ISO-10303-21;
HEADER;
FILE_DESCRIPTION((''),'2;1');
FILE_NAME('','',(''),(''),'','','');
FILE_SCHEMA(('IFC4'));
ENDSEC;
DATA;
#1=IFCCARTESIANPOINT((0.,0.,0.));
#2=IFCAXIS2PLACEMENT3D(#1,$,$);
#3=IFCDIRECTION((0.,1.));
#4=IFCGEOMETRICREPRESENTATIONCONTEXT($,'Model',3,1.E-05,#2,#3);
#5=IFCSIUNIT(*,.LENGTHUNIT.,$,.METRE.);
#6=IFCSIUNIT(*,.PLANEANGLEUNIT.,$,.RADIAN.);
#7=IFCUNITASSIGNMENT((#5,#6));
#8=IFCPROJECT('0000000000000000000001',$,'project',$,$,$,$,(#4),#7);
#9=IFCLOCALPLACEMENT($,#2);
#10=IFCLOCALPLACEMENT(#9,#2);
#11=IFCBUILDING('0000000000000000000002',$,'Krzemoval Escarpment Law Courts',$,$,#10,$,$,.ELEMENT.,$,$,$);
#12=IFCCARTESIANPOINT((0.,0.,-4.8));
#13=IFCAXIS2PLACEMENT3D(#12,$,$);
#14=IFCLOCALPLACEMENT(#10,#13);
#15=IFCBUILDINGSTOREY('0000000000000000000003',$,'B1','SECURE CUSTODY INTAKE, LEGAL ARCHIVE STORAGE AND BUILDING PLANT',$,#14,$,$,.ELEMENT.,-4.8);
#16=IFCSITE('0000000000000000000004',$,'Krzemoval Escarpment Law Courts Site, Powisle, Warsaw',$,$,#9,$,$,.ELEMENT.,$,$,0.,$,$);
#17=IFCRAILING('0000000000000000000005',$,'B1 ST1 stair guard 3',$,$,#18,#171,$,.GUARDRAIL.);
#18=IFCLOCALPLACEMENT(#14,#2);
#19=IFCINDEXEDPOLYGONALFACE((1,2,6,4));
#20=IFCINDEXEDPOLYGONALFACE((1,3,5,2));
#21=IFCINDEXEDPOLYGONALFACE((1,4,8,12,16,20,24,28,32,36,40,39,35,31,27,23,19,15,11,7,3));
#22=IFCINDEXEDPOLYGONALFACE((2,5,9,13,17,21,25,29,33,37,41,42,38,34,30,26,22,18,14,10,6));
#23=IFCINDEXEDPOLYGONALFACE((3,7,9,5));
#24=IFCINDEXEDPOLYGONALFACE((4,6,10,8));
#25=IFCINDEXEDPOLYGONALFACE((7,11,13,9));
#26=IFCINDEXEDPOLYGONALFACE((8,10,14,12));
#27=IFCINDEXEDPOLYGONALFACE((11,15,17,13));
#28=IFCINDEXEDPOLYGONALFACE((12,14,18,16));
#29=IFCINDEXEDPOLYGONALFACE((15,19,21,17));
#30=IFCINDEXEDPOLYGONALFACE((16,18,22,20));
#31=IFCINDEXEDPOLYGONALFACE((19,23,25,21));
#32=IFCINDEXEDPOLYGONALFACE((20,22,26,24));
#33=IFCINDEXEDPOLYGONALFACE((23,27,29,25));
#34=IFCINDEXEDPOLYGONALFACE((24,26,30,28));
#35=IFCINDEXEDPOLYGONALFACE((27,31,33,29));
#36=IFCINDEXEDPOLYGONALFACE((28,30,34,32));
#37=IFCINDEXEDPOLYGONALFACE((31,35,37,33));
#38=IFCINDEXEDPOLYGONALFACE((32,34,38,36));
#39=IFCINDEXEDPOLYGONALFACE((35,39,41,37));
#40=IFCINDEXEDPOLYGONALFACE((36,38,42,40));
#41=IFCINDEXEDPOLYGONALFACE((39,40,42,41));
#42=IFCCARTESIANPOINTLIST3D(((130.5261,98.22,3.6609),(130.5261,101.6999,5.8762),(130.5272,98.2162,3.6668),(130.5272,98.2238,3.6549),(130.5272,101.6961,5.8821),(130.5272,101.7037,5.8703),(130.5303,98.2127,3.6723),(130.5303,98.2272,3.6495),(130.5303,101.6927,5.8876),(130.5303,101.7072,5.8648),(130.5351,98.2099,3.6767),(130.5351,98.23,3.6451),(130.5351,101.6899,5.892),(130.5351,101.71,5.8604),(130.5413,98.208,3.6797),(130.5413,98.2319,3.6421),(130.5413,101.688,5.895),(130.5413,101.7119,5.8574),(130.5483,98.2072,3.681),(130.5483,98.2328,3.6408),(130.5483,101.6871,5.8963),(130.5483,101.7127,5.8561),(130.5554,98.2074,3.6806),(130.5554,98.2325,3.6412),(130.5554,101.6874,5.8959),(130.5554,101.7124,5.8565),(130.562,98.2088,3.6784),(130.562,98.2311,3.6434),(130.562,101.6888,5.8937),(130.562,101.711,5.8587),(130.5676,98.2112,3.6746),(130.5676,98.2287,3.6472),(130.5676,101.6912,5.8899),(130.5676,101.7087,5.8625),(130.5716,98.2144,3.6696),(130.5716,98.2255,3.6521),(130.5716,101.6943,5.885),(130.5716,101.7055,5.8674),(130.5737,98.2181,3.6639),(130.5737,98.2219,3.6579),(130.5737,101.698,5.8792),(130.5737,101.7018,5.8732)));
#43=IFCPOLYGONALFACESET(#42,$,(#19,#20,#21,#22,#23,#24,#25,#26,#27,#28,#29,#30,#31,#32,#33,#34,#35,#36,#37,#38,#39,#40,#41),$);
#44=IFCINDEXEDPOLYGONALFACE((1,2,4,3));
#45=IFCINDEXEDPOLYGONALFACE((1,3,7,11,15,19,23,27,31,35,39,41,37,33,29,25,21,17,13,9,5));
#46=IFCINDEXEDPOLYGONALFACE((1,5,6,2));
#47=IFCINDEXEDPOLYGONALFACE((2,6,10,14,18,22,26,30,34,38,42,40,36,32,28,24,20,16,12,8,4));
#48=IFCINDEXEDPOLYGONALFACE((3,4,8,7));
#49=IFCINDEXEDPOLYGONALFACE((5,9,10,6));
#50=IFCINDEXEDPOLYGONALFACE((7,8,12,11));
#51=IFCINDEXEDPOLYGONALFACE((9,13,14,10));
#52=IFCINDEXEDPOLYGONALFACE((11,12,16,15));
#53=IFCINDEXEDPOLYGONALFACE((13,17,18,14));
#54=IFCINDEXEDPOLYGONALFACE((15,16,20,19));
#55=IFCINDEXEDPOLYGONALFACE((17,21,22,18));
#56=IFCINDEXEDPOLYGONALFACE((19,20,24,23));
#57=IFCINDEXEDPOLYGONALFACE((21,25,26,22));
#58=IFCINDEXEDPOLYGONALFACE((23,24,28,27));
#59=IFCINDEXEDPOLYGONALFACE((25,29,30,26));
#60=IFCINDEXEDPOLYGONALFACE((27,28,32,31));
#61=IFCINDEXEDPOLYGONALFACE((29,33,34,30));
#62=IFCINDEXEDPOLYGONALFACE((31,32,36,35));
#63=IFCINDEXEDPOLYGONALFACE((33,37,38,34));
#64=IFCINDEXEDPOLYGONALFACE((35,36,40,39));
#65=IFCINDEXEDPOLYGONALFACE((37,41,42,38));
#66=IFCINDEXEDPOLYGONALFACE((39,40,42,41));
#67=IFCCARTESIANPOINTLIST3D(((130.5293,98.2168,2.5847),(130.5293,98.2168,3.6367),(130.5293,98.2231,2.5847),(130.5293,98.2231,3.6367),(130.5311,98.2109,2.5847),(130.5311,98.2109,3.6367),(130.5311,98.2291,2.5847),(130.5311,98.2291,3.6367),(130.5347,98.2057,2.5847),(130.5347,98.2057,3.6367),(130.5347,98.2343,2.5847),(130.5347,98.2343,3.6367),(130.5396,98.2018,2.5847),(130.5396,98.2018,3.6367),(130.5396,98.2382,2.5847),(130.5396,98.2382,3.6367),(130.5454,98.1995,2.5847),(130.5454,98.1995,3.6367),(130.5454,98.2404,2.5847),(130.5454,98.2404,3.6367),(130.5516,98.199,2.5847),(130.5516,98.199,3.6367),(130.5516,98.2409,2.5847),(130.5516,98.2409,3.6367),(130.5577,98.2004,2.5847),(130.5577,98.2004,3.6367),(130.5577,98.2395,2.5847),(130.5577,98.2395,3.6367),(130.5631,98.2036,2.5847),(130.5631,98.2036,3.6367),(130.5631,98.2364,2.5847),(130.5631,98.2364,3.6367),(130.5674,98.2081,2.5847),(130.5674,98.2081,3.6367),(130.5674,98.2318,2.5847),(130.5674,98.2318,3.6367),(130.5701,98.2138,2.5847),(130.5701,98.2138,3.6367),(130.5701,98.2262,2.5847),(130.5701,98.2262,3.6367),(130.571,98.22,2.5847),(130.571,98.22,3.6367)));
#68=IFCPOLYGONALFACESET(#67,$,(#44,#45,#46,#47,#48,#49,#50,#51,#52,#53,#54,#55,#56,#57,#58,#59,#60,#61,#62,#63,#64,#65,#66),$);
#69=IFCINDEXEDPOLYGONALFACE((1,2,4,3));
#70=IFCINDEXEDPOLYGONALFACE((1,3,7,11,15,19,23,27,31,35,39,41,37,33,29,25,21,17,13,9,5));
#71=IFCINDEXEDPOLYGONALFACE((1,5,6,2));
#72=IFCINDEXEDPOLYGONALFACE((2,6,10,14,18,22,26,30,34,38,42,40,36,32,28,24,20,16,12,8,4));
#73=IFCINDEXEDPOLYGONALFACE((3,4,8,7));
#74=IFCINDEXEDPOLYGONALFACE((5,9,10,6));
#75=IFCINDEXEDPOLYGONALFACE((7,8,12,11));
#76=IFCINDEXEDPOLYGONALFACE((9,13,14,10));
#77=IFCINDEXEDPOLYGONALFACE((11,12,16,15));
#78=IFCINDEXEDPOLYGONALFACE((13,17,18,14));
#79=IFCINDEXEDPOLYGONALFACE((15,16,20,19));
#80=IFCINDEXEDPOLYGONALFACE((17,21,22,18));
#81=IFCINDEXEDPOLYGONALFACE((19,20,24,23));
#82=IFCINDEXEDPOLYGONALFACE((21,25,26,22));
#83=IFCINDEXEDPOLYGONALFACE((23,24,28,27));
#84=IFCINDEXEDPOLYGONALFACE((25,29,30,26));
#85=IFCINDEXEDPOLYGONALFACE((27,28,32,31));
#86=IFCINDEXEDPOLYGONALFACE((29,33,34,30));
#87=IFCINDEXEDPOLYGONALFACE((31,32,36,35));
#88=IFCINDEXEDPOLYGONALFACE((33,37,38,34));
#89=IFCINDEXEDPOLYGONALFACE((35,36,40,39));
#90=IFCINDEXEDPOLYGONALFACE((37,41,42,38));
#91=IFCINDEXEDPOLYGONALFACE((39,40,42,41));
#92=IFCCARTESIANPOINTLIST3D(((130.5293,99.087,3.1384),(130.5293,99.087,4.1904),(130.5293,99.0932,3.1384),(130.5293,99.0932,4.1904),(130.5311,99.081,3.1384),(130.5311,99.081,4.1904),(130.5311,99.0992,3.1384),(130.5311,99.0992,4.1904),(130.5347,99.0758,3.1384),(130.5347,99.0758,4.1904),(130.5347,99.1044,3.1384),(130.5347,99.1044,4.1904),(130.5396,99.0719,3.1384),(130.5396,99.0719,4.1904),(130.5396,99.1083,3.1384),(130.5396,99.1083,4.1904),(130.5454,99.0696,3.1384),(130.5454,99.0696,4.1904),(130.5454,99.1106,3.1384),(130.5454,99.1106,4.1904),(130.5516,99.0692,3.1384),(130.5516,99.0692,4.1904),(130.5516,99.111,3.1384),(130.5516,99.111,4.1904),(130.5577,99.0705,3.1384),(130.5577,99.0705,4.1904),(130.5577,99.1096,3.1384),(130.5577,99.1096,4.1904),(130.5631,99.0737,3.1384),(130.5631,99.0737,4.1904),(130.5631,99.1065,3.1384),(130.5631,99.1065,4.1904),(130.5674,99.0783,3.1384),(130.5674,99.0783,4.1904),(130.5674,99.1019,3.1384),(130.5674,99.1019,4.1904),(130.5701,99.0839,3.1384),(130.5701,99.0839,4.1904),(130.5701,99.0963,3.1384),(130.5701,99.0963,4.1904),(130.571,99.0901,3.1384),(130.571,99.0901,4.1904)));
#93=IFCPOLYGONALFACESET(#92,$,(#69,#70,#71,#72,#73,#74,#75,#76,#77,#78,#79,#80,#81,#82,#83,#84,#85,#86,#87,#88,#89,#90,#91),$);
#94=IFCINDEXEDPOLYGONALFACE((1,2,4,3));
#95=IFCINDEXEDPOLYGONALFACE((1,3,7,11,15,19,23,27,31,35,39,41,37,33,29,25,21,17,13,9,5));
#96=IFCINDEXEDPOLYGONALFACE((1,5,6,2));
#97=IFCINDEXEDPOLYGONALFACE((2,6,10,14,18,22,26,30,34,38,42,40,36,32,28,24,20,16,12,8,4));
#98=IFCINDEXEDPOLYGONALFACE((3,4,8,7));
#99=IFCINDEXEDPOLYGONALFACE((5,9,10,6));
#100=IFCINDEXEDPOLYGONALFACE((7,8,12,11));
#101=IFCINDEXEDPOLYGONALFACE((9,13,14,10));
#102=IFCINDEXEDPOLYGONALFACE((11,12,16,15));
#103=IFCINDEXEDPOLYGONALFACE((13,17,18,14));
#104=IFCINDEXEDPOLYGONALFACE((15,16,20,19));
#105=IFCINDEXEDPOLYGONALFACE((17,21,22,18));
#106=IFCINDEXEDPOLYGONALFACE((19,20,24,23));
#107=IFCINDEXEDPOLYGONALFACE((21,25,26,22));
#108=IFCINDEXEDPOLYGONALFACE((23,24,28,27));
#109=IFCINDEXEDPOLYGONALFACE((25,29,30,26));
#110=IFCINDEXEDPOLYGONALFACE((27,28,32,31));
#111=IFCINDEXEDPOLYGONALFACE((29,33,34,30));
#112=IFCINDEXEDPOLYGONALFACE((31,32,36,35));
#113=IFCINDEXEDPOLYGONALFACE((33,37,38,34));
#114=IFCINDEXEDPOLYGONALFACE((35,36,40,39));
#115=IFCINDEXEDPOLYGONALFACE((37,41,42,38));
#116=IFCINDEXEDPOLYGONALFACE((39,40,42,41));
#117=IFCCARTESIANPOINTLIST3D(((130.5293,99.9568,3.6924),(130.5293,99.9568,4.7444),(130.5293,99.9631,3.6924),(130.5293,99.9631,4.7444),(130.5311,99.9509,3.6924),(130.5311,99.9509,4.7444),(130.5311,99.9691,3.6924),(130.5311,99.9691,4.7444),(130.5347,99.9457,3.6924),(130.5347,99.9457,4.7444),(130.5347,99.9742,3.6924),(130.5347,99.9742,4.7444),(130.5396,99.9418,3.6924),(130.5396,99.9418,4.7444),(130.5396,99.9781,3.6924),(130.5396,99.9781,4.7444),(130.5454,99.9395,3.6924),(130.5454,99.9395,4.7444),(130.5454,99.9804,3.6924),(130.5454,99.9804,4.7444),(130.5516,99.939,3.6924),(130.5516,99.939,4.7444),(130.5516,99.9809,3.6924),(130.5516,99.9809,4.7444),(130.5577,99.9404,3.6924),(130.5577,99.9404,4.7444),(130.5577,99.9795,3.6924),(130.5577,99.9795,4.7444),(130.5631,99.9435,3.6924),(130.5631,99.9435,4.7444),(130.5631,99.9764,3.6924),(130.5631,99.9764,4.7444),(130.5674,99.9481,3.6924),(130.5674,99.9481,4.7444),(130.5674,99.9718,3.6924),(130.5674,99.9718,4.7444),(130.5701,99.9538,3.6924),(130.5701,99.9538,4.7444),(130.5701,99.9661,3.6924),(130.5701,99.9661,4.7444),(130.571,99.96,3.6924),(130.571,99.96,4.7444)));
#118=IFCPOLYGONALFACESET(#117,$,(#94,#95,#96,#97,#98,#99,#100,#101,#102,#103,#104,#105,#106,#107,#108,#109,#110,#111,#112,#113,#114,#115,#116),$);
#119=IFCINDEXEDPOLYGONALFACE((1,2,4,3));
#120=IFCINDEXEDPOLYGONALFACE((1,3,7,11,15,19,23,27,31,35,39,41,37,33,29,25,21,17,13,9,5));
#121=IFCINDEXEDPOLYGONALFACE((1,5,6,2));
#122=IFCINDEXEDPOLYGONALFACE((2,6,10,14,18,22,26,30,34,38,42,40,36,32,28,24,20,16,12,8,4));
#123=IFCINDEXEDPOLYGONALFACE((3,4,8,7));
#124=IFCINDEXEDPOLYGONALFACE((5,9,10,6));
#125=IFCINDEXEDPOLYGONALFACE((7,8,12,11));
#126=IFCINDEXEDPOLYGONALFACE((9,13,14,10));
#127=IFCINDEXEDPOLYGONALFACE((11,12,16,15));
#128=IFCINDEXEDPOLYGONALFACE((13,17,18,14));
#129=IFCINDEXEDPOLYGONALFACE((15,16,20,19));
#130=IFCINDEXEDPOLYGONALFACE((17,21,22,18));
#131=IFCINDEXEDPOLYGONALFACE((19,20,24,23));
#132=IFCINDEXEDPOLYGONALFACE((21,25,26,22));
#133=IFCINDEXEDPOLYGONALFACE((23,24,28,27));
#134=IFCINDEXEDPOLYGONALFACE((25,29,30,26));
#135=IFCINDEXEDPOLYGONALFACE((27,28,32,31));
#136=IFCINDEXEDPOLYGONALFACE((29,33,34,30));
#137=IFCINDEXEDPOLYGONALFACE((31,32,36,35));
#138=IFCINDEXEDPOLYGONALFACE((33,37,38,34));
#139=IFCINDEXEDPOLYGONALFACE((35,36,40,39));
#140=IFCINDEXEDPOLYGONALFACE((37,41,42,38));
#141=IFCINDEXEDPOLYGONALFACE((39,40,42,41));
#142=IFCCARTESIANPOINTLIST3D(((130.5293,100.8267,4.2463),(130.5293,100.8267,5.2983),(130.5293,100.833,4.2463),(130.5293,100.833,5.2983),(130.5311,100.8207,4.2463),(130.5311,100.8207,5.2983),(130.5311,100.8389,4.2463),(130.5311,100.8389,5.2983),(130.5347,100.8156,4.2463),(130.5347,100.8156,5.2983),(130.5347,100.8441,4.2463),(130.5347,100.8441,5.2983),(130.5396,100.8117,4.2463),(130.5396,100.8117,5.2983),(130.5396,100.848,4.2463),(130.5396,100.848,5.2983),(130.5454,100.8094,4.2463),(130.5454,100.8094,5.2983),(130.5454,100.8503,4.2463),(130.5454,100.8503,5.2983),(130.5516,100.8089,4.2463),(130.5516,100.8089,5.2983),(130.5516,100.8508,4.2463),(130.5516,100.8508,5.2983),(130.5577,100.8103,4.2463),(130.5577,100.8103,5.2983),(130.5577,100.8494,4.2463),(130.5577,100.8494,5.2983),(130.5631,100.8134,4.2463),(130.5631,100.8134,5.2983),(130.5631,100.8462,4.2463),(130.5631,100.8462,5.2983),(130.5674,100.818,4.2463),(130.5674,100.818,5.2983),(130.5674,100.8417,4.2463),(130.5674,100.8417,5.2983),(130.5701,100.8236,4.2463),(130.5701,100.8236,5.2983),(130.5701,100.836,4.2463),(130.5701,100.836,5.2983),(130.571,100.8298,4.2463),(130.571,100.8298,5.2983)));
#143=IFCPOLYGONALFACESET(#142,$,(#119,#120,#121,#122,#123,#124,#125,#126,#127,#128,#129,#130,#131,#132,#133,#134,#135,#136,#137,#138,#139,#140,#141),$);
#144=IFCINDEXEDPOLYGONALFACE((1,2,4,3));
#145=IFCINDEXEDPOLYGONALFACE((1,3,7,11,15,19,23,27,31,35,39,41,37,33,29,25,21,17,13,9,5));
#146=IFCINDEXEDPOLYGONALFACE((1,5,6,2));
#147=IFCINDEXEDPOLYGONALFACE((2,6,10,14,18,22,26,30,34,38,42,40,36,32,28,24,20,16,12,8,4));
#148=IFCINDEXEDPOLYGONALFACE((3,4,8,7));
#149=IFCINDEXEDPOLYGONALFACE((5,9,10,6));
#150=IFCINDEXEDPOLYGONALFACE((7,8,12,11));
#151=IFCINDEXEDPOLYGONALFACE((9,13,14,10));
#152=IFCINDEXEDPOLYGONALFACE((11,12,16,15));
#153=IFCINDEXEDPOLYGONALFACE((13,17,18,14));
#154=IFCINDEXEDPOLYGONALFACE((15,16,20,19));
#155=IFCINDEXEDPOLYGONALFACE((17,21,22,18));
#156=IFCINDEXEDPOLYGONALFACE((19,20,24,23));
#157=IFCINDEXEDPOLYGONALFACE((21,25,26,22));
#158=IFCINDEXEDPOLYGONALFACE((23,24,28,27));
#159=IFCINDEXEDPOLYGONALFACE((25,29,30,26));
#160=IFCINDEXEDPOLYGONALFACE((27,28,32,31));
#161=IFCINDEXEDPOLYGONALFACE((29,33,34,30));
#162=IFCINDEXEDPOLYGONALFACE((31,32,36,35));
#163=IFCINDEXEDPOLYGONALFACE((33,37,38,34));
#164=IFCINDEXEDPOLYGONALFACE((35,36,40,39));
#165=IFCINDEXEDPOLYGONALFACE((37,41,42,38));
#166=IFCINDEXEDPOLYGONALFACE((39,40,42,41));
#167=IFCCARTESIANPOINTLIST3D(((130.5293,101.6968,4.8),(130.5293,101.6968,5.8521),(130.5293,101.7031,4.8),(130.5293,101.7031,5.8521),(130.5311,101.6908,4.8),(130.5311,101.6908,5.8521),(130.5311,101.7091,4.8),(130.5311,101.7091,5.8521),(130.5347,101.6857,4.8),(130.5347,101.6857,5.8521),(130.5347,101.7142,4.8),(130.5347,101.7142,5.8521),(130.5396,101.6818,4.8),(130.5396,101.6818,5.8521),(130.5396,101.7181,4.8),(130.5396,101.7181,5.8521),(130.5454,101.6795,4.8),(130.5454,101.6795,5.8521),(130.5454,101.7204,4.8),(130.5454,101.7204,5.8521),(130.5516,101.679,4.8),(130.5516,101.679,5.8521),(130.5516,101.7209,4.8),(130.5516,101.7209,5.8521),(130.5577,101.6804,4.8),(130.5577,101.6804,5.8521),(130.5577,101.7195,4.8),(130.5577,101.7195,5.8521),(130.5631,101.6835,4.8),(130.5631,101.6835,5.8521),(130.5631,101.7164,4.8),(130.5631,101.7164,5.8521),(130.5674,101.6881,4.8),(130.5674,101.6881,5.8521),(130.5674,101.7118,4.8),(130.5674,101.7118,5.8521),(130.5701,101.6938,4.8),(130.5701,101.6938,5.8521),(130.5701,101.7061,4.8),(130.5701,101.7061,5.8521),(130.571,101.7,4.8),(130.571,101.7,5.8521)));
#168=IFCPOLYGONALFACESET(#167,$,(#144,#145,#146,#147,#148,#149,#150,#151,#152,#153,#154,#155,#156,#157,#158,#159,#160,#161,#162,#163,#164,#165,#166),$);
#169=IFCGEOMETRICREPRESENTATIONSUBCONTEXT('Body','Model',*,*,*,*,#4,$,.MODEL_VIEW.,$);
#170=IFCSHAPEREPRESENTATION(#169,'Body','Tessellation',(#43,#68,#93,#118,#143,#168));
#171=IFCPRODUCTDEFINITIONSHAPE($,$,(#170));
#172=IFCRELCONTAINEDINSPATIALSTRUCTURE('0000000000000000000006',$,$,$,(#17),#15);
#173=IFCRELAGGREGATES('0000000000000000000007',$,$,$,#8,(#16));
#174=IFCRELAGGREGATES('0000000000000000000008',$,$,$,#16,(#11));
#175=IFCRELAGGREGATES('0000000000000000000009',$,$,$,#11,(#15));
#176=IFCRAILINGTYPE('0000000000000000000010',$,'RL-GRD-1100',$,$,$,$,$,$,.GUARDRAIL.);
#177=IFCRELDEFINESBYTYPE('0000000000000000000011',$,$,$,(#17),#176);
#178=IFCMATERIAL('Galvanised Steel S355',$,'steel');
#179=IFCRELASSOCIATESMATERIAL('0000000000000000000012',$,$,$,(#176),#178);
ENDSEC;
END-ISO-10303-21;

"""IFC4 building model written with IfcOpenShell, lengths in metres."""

from ifc_helpers import new_model, si_unit, direction, frame, origin, origin_2d, place, context, subcontext, project, spatial, circle, extrude, material, type_object, element, save


model = new_model("IFC4")

# Units and contexts
model_context = context("Model", 3, precision=1e-05, world=origin(), true_north=direction((0.0, 1.0)))
body_context = subcontext(model_context, "Body", "Model", "MODEL_VIEW")
ifc_project = project(units=[si_unit("LENGTHUNIT", "METRE"), si_unit("PLANEANGLEUNIT", "RADIAN")], contexts=[model_context])

# Site, building, storey
site_placement = place(None, origin())
site = spatial("IfcSite", under=ifc_project, at=site_placement, Name="Krzemoval Escarpment Law Courts Site, Powisle, Warsaw", CompositionType="ELEMENT", RefElevation=0.0)
building_placement = place(site_placement, origin())
building = spatial("IfcBuilding", under=site, at=building_placement, Name="Krzemoval Escarpment Law Courts", CompositionType="ELEMENT")
storey_placement = place(building_placement, frame((0.0, 0.0, -4.8)))
storey = spatial("IfcBuildingStorey", under=building, at=storey_placement, Name="B1", Description="SECURE CUSTODY INTAKE, LEGAL ARCHIVE STORAGE AND BUILDING PLANT", CompositionType="ELEMENT", Elevation=-4.8)

# Railing
ifc_material_1 = material(Name="Galvanised Steel S355", Category="steel")
railing_type_1 = type_object("IfcRailingType", Name="RL-GRD-1100", PredefinedType="GUARDRAIL", material=ifc_material_1)
railing_1_placement = place(storey_placement, frame((130.55, 98.22, 2.5847)))
element("IfcRailing", 1, at=railing_1_placement, inside=storey, type_object=railing_type_1, Name="B1 ST1 stair guard 3", PredefinedType="GUARDRAIL", context=body_context, shape_type="SweptSolid", body=[
    extrude(circle(Radius=0.0239, at=origin_2d()), frame((0.0, 0.0, 1.0762), z_axis=(0.0, 0.843574, 0.537013), x_axis=(-1.0, 0.0, 0.0)), (0.0, 0.0, 1.0), 4.1252),
    extrude(circle(Radius=0.021, at=origin_2d()), origin(), (0.0, 0.0, 1.0), 1.052),
    extrude(circle(Radius=0.021, at=origin_2d()), frame((0.0, 0.8701, 0.5537)), (0.0, 0.0, 1.0), 1.052),
    extrude(circle(Radius=0.021, at=origin_2d()), frame((0.0, 1.74, 1.1077)), (0.0, 0.0, 1.0), 1.052),
    extrude(circle(Radius=0.021, at=origin_2d()), frame((0.0, 2.6099, 1.6616)), (0.0, 0.0, 1.0), 1.052),
    extrude(circle(Radius=0.021, at=origin_2d()), frame((0.0, 3.48, 2.2153)), (0.0, 0.0, 1.0), 1.052),
])

save(model, "model.ifc")
